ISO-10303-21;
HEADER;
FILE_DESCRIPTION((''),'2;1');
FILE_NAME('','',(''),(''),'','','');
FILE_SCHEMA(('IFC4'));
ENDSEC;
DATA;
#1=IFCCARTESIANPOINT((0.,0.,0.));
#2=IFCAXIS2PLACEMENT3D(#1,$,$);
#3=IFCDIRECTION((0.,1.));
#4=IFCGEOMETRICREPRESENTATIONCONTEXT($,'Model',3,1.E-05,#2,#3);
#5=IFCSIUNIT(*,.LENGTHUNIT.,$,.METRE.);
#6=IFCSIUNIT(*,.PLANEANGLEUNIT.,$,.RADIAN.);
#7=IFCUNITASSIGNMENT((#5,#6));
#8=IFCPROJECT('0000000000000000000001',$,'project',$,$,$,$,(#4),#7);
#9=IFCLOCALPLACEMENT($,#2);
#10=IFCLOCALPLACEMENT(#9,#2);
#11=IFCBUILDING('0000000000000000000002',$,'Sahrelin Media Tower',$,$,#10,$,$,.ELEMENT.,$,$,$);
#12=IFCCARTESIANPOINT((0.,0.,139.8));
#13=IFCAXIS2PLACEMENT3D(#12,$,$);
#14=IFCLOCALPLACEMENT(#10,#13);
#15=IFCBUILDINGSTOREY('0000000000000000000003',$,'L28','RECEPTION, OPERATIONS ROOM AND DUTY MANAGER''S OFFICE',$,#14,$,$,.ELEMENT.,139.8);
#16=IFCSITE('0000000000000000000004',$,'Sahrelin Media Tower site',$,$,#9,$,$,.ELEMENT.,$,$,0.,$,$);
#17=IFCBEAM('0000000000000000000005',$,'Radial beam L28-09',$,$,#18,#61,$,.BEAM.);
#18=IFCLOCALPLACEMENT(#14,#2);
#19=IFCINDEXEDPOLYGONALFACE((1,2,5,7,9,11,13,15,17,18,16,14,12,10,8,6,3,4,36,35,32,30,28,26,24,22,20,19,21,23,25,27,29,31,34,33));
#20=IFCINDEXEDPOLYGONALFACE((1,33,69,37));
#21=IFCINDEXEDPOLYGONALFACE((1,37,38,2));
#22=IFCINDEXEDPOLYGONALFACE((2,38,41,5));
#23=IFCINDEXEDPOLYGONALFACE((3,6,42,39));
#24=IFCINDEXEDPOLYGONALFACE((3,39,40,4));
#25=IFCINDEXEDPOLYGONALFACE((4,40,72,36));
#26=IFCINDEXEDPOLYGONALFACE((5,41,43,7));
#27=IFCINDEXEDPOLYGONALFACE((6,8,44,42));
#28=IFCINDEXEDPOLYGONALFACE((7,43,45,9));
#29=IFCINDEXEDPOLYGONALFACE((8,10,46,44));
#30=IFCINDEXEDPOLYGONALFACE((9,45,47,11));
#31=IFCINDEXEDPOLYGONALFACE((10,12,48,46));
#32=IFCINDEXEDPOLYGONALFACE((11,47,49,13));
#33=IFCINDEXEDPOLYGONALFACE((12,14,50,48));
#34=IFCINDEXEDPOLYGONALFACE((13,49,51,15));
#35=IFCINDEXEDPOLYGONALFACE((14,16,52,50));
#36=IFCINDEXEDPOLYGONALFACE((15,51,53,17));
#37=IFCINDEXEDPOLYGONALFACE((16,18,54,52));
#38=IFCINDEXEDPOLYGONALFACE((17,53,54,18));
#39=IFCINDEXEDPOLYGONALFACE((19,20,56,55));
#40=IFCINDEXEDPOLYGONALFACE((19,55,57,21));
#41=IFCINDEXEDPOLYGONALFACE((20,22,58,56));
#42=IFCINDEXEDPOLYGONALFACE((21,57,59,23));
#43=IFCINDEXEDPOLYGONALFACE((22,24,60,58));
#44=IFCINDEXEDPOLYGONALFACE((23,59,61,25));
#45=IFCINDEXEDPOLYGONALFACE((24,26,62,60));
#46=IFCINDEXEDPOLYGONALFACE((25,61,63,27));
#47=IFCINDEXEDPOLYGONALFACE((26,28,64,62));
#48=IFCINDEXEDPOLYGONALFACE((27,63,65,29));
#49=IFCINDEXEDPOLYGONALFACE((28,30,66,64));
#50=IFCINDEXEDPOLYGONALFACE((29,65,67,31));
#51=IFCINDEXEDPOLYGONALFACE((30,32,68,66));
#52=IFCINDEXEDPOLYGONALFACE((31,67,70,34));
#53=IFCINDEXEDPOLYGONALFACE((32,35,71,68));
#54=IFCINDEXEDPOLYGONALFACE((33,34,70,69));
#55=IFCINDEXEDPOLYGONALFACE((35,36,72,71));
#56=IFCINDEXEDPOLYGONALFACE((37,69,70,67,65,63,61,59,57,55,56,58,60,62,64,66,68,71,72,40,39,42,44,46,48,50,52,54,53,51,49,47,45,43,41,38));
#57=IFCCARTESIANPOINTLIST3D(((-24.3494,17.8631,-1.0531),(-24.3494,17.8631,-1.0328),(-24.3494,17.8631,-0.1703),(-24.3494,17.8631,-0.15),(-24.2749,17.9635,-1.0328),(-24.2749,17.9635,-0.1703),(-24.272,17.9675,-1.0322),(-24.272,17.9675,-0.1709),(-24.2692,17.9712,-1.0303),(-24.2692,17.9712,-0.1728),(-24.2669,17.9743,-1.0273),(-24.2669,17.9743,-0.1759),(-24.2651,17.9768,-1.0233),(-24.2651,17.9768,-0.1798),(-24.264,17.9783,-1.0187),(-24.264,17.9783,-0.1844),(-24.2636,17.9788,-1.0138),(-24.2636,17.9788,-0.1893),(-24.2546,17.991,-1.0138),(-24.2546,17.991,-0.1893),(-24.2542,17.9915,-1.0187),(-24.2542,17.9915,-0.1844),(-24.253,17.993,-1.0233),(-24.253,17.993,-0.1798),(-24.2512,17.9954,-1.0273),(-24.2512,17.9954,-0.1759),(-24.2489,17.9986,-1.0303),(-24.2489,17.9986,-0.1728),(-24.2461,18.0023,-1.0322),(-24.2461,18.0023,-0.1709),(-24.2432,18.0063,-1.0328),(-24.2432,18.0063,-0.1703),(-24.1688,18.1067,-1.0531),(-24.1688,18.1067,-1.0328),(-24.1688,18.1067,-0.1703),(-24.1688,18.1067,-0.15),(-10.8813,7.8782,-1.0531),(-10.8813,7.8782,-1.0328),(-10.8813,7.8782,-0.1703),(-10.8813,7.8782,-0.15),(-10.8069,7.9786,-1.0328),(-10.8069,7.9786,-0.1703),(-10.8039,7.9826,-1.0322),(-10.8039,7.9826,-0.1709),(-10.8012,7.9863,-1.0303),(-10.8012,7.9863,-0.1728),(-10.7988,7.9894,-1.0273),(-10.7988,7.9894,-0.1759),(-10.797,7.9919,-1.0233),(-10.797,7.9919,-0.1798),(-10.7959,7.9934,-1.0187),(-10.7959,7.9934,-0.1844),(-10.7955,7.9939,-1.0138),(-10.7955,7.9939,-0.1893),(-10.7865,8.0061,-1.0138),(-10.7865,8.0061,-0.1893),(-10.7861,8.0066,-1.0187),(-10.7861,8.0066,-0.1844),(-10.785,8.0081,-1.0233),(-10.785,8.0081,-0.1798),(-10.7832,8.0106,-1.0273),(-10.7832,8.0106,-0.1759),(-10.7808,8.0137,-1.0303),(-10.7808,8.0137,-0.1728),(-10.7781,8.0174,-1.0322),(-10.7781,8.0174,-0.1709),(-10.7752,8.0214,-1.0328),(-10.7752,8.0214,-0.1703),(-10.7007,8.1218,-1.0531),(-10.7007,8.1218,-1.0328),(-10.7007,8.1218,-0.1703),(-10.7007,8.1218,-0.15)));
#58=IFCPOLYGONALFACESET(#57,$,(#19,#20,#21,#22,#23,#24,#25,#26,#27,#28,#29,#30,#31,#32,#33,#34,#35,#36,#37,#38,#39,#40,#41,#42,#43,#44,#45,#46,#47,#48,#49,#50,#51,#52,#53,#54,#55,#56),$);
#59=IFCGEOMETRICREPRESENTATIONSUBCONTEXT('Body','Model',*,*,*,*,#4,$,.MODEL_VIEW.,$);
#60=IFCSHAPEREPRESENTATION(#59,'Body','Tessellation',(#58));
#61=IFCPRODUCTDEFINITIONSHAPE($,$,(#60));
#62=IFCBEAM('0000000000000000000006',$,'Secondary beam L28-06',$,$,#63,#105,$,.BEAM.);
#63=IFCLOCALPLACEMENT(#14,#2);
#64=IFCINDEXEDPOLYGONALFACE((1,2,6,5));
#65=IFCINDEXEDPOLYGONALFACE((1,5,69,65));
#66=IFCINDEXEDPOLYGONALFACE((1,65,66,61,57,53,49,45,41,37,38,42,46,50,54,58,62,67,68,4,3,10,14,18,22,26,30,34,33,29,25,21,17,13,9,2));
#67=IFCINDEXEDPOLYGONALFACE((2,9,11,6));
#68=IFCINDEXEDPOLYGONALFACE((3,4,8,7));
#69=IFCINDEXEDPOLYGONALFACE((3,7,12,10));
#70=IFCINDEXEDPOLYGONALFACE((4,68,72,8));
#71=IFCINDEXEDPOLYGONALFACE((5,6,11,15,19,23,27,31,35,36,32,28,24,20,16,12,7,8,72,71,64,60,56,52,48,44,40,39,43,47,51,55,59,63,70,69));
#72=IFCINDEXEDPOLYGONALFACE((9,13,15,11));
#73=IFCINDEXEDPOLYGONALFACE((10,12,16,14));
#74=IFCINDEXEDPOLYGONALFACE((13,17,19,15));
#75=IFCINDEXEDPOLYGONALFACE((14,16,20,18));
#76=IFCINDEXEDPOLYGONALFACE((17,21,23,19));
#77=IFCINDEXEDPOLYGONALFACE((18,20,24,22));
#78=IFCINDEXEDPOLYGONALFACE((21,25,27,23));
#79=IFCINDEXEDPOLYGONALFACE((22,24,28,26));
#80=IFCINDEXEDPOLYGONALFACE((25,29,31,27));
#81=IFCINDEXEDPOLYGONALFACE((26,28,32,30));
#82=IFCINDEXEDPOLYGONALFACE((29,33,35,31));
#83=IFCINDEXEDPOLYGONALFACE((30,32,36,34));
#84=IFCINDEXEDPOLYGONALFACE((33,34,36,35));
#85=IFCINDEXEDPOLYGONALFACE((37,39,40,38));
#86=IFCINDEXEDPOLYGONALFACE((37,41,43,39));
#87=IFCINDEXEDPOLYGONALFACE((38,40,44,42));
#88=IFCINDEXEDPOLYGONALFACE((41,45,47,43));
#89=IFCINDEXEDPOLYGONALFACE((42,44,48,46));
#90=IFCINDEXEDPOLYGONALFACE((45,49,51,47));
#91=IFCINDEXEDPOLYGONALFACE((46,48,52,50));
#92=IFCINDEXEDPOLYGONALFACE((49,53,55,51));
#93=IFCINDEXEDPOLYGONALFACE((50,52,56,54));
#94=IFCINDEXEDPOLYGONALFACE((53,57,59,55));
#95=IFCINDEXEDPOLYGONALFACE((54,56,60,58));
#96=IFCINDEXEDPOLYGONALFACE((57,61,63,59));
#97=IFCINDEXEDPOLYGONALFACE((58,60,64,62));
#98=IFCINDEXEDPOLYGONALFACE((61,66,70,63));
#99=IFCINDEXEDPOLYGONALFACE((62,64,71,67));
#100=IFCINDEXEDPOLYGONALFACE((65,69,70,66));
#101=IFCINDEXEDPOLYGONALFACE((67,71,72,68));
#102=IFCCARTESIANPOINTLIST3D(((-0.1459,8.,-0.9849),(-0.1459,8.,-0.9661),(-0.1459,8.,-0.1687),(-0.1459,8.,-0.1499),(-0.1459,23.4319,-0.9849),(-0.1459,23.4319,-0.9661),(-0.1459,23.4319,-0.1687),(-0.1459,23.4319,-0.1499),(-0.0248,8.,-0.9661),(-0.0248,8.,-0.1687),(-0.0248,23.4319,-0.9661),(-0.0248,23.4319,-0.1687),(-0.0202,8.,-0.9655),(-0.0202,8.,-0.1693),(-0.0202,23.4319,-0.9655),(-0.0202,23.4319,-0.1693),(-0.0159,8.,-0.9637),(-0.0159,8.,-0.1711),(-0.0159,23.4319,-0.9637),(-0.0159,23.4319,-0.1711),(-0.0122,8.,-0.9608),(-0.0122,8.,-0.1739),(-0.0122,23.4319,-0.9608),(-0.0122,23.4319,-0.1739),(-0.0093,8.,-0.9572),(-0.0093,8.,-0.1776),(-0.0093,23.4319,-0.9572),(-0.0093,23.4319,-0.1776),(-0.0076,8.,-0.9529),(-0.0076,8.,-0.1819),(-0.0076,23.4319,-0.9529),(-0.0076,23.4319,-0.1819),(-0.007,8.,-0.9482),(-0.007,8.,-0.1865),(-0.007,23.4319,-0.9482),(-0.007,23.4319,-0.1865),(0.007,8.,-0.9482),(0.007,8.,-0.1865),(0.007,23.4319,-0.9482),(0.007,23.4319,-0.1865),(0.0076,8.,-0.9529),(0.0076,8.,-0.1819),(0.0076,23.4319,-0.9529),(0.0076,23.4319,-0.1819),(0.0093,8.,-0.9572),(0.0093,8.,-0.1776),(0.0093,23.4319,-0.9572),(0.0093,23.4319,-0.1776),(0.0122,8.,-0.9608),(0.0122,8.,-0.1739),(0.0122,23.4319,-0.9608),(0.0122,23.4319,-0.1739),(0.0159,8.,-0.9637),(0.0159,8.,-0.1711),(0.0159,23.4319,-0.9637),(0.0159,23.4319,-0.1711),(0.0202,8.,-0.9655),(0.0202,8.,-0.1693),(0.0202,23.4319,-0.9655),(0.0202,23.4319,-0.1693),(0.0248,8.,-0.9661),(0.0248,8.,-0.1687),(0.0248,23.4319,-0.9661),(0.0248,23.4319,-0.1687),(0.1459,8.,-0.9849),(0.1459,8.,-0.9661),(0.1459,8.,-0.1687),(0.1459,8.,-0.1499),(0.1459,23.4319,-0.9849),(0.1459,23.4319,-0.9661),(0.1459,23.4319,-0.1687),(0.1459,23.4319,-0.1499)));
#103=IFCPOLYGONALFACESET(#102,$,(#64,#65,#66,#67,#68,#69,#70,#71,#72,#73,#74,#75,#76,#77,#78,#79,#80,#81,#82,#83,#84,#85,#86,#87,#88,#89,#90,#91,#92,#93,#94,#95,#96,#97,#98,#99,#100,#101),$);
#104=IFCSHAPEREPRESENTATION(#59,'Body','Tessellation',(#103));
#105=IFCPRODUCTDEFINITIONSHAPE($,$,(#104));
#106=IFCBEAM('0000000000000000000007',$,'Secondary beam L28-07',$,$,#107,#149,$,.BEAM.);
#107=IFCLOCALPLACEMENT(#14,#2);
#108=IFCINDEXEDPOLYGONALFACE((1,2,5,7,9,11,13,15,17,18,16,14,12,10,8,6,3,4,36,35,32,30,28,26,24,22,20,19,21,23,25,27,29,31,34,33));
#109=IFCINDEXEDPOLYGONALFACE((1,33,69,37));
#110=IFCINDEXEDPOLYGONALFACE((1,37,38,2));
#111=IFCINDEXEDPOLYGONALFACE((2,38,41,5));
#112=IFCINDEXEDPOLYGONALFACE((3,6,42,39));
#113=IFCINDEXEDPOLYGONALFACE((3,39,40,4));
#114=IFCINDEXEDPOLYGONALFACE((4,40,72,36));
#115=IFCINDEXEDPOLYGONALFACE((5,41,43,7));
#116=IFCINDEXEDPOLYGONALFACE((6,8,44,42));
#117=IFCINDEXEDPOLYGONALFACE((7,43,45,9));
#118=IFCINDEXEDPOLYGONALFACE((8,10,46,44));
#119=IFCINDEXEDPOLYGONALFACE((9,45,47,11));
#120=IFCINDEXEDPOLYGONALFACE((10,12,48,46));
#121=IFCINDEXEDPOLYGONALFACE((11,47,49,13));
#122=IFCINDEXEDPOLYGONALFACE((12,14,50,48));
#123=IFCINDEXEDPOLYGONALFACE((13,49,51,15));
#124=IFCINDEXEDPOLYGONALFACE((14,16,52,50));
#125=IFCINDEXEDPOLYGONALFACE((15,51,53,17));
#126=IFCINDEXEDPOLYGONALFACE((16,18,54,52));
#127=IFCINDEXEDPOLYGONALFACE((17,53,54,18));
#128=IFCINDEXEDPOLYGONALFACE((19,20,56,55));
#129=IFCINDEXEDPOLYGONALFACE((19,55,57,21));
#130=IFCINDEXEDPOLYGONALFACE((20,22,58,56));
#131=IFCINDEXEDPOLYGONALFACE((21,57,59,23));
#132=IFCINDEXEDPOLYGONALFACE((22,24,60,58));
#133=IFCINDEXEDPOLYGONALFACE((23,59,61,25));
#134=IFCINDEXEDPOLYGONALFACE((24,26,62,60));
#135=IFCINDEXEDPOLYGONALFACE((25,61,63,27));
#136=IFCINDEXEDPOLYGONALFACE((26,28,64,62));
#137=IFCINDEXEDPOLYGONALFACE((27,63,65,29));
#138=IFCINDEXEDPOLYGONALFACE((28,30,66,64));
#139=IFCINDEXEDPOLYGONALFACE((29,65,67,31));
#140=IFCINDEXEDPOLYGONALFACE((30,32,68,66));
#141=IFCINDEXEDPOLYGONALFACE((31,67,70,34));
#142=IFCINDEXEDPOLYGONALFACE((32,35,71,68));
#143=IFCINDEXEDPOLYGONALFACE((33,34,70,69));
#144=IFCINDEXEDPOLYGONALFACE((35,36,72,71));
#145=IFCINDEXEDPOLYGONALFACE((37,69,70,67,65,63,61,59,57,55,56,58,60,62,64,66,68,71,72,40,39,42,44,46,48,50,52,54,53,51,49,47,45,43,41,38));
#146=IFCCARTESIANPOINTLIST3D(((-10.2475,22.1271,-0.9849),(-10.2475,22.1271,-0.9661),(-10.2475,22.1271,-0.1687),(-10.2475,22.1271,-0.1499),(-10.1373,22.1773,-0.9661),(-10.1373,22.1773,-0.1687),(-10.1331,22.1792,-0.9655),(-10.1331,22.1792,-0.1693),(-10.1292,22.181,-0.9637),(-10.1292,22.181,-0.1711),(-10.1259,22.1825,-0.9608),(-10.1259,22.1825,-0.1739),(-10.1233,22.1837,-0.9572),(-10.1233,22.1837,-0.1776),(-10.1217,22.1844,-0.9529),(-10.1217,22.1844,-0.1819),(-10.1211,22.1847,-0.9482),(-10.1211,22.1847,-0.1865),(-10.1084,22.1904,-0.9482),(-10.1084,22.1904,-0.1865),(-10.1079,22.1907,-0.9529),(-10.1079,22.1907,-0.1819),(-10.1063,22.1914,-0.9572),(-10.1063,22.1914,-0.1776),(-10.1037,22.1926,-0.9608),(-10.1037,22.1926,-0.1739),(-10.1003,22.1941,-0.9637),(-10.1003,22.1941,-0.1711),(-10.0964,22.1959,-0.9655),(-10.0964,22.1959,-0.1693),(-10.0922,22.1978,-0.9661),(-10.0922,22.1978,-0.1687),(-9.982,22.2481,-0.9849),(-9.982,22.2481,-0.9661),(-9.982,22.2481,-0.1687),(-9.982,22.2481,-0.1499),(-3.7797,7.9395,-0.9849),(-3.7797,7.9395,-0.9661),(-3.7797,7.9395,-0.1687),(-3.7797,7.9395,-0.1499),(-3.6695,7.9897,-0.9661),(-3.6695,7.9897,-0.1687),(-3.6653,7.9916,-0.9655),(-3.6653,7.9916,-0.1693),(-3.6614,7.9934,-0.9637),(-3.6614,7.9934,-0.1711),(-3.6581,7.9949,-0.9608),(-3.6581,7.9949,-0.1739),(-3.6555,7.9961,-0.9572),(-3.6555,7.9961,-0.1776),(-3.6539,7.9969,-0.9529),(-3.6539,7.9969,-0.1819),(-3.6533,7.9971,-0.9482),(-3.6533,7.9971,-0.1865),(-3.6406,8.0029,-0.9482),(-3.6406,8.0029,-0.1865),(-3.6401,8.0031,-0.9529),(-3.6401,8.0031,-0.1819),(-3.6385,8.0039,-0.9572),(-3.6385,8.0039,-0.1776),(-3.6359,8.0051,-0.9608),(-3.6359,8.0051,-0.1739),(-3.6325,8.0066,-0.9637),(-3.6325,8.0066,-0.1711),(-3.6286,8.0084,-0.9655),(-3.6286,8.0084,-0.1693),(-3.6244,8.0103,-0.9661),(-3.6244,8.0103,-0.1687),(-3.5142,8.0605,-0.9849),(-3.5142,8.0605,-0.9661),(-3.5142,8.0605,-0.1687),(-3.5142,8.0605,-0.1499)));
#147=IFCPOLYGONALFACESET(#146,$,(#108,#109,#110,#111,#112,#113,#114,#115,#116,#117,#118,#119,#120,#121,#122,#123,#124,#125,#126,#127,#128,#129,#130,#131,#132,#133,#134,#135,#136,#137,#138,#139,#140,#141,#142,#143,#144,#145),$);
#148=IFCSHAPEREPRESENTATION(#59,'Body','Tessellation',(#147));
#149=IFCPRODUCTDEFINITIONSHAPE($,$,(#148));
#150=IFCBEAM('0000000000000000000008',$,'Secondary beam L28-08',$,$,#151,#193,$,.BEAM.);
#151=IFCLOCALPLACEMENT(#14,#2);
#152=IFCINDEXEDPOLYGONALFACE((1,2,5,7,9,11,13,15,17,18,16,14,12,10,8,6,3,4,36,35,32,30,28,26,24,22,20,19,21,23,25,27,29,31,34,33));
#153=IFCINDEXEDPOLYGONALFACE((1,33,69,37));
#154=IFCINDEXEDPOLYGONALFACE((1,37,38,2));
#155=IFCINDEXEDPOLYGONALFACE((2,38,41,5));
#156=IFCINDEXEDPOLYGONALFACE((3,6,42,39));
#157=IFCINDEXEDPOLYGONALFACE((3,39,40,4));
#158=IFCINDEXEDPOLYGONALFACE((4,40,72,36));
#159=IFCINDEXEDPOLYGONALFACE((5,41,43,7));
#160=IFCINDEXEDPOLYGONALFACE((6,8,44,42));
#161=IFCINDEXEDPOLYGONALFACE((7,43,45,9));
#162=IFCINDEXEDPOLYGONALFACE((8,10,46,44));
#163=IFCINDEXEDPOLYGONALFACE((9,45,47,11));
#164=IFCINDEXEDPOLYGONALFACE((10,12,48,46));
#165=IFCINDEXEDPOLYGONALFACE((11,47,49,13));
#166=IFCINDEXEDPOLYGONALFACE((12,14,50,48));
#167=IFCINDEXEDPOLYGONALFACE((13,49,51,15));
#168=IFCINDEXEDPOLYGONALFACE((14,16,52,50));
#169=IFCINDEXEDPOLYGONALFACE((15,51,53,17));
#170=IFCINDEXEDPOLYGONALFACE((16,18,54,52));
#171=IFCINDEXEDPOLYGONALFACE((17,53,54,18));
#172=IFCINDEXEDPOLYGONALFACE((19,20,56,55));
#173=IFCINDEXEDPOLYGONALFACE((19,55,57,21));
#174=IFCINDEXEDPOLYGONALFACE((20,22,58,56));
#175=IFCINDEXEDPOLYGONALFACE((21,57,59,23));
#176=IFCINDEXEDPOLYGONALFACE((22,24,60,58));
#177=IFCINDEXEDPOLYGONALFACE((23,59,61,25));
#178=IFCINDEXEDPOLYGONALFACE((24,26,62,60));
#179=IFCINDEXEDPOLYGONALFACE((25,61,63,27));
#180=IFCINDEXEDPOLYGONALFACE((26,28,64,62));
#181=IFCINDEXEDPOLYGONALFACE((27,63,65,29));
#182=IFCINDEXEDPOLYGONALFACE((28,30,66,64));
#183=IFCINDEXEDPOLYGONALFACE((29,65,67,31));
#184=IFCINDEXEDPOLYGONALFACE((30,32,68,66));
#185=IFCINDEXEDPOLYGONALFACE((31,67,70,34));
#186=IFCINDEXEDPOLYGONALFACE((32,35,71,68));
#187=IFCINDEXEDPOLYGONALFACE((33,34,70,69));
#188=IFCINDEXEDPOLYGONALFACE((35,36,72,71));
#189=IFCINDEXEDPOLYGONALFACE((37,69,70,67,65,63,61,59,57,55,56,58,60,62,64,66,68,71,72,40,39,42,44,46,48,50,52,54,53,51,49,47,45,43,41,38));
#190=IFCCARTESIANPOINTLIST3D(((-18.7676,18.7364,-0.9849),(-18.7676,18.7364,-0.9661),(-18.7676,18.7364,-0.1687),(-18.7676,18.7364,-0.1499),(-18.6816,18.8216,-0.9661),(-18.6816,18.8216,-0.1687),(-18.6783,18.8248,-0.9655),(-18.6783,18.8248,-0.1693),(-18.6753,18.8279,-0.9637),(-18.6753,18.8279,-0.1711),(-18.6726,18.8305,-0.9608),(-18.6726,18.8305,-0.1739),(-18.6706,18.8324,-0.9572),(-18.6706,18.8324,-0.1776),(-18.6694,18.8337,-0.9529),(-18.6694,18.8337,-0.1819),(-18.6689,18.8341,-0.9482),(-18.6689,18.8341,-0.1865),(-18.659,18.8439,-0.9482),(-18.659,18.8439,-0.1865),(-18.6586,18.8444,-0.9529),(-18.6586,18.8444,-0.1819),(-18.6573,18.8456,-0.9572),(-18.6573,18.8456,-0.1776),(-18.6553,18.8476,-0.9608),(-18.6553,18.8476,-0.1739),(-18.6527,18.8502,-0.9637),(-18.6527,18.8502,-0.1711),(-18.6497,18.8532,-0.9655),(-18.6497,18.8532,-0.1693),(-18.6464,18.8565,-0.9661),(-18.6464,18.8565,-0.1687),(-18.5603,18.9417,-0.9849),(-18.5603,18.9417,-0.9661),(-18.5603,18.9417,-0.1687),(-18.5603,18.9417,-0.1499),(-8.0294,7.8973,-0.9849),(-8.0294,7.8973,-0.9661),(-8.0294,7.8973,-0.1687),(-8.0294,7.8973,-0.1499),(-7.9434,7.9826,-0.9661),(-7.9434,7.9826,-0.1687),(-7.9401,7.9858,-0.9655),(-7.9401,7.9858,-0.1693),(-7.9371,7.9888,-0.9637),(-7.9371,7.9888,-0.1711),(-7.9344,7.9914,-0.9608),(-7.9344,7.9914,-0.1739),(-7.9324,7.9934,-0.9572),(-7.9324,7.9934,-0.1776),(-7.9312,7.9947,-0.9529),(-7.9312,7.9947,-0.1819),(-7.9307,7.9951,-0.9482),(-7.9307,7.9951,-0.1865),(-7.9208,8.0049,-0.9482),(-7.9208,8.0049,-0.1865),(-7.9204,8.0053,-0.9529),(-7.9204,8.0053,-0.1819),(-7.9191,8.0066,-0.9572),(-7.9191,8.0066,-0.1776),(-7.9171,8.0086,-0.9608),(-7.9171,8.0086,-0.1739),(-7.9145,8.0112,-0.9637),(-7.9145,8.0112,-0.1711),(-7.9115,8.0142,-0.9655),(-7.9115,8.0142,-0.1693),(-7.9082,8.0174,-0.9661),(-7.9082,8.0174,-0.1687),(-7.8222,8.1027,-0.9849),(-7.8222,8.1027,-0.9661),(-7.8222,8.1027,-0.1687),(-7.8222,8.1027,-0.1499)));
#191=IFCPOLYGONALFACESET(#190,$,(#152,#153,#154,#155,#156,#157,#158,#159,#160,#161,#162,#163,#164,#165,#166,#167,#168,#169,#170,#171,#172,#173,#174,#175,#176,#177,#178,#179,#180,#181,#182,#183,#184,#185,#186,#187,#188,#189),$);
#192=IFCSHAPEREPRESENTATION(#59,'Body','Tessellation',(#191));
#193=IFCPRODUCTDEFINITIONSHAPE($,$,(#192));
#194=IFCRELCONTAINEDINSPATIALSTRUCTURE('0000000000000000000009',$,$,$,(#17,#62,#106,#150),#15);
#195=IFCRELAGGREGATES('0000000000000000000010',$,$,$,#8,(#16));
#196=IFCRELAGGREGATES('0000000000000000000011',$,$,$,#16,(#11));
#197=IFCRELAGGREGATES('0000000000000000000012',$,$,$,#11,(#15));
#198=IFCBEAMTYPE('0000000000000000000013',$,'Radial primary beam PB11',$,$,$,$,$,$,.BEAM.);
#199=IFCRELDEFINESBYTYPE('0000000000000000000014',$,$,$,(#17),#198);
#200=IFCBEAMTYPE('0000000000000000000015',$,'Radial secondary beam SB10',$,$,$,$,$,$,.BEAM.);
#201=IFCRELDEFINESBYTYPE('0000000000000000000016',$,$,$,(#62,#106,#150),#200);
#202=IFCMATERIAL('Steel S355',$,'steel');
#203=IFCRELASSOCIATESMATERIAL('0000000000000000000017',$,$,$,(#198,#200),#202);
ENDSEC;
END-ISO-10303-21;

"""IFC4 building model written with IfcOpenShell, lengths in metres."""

from ifc_helpers import new_model, si_unit, direction, frame, origin, origin_2d, place, context, subcontext, project, spatial, i_section, extrude, material, material_profile, profile_set, type_object, element, save


model = new_model("IFC4")

# Units and contexts
model_context = context("Model", 3, precision=1e-05, world=origin(), true_north=direction((0.0, 1.0)))
body_context = subcontext(model_context, "Body", "Model", "MODEL_VIEW")
ifc_project = project(units=[si_unit("LENGTHUNIT", "METRE"), si_unit("PLANEANGLEUNIT", "RADIAN")], contexts=[model_context])

# Site, building, storey
site_placement = place(None, origin())
site = spatial("IfcSite", under=ifc_project, at=site_placement, Name="Sahrelin Media Tower site", CompositionType="ELEMENT", RefElevation=0.0)
building_placement = place(site_placement, origin())
building = spatial("IfcBuilding", under=site, at=building_placement, Name="Sahrelin Media Tower", CompositionType="ELEMENT")
storey_placement = place(building_placement, frame((0.0, 0.0, 139.8)))
storey = spatial("IfcBuildingStorey", under=building, at=storey_placement, Name="L28", Description="RECEPTION, OPERATIONS ROOM AND DUTY MANAGER'S OFFICE", CompositionType="ELEMENT", Elevation=139.8)

# Shared definitions
ifc_material_1 = material(Name="Steel S355", Category="steel")

# Beams
ifc_material_profile_1 = material_profile(ifc_material_1, i_section(OverallWidth=0.3032, OverallDepth=0.9031, WebThickness=0.0151, FlangeThickness=0.0203, FilletRadius=0.019, at=origin_2d()), Name="UB 914x305x201")
ifc_profile_set_1 = profile_set([ifc_material_profile_1], Name="Steel S355")
beam_type_1 = type_object("IfcBeamType", Name="Radial primary beam PB11", PredefinedType="BEAM", material=ifc_profile_set_1)
beam_1_placement = place(storey_placement, frame((-10.791, 8.0, -0.6016), z_axis=(-0.803313, 0.595557, 0.0), x_axis=(-0.595557, -0.803313, 0.0)))
element("IfcBeam", 1, at=beam_1_placement, inside=storey, type_object=beam_type_1, Name="Radial beam L28-09", PredefinedType="BEAM", context=body_context, shape_type="SweptSolid", body=[
    extrude(i_section(OverallWidth=0.3032, OverallDepth=0.9031, WebThickness=0.0151, FlangeThickness=0.0203, FilletRadius=0.019, at=origin_2d()), origin(), (0.0, 0.0, 1.0), 16.7656),
])
ifc_material_profile_2 = material_profile(ifc_material_1, i_section(OverallWidth=0.2917, OverallDepth=0.835, WebThickness=0.0139, FlangeThickness=0.0188, FilletRadius=0.0178, at=origin_2d()), Name="UB 838x292x176")
ifc_profile_set_2 = profile_set([ifc_material_profile_2], Name="Steel S355")
beam_type_2 = type_object("IfcBeamType", Name="Radial secondary beam SB10", PredefinedType="BEAM", material=ifc_profile_set_2)
beam_2_placement = place(storey_placement, frame((0.0, 8.0, -0.5674), z_axis=(0.0, 1.0, 0.0), x_axis=(-1.0, 0.0, 0.0)))
element("IfcBeam", 2, at=beam_2_placement, inside=storey, type_object=beam_type_2, Name="Secondary beam L28-06", PredefinedType="BEAM", context=body_context, shape_type="SweptSolid", body=[
    extrude(i_section(OverallWidth=0.2917, OverallDepth=0.835, WebThickness=0.0139, FlangeThickness=0.0188, FilletRadius=0.0178, at=origin_2d()), origin(), (0.0, 0.0, 1.0), 15.4319),
])
beam_3_placement = place(storey_placement, frame((-3.647, 8.0, -0.5674), z_axis=(-0.414808, 0.909909, 0.0), x_axis=(-0.909909, -0.414808, 0.0)))
element("IfcBeam", 3, at=beam_3_placement, inside=storey, type_object=beam_type_2, Name="Secondary beam L28-07", PredefinedType="BEAM", context=body_context, shape_type="SweptSolid", body=[
    extrude(i_section(OverallWidth=0.2917, OverallDepth=0.835, WebThickness=0.0139, FlangeThickness=0.0188, FilletRadius=0.0178, at=origin_2d()), origin(), (0.0, 0.0, 1.0), 15.5923),
])
beam_4_placement = place(storey_placement, frame((-7.9258, 8.0, -0.5674), z_axis=(-0.703795, 0.710403, 0.0), x_axis=(-0.710403, -0.703795, 0.0)))
element("IfcBeam", 4, at=beam_4_placement, inside=storey, type_object=beam_type_2, Name="Secondary beam L28-08", PredefinedType="BEAM", context=body_context, shape_type="SweptSolid", body=[
    extrude(i_section(OverallWidth=0.2917, OverallDepth=0.835, WebThickness=0.0139, FlangeThickness=0.0188, FilletRadius=0.0178, at=origin_2d()), origin(), (0.0, 0.0, 1.0), 15.2576),
])

save(model, "model.ifc")
